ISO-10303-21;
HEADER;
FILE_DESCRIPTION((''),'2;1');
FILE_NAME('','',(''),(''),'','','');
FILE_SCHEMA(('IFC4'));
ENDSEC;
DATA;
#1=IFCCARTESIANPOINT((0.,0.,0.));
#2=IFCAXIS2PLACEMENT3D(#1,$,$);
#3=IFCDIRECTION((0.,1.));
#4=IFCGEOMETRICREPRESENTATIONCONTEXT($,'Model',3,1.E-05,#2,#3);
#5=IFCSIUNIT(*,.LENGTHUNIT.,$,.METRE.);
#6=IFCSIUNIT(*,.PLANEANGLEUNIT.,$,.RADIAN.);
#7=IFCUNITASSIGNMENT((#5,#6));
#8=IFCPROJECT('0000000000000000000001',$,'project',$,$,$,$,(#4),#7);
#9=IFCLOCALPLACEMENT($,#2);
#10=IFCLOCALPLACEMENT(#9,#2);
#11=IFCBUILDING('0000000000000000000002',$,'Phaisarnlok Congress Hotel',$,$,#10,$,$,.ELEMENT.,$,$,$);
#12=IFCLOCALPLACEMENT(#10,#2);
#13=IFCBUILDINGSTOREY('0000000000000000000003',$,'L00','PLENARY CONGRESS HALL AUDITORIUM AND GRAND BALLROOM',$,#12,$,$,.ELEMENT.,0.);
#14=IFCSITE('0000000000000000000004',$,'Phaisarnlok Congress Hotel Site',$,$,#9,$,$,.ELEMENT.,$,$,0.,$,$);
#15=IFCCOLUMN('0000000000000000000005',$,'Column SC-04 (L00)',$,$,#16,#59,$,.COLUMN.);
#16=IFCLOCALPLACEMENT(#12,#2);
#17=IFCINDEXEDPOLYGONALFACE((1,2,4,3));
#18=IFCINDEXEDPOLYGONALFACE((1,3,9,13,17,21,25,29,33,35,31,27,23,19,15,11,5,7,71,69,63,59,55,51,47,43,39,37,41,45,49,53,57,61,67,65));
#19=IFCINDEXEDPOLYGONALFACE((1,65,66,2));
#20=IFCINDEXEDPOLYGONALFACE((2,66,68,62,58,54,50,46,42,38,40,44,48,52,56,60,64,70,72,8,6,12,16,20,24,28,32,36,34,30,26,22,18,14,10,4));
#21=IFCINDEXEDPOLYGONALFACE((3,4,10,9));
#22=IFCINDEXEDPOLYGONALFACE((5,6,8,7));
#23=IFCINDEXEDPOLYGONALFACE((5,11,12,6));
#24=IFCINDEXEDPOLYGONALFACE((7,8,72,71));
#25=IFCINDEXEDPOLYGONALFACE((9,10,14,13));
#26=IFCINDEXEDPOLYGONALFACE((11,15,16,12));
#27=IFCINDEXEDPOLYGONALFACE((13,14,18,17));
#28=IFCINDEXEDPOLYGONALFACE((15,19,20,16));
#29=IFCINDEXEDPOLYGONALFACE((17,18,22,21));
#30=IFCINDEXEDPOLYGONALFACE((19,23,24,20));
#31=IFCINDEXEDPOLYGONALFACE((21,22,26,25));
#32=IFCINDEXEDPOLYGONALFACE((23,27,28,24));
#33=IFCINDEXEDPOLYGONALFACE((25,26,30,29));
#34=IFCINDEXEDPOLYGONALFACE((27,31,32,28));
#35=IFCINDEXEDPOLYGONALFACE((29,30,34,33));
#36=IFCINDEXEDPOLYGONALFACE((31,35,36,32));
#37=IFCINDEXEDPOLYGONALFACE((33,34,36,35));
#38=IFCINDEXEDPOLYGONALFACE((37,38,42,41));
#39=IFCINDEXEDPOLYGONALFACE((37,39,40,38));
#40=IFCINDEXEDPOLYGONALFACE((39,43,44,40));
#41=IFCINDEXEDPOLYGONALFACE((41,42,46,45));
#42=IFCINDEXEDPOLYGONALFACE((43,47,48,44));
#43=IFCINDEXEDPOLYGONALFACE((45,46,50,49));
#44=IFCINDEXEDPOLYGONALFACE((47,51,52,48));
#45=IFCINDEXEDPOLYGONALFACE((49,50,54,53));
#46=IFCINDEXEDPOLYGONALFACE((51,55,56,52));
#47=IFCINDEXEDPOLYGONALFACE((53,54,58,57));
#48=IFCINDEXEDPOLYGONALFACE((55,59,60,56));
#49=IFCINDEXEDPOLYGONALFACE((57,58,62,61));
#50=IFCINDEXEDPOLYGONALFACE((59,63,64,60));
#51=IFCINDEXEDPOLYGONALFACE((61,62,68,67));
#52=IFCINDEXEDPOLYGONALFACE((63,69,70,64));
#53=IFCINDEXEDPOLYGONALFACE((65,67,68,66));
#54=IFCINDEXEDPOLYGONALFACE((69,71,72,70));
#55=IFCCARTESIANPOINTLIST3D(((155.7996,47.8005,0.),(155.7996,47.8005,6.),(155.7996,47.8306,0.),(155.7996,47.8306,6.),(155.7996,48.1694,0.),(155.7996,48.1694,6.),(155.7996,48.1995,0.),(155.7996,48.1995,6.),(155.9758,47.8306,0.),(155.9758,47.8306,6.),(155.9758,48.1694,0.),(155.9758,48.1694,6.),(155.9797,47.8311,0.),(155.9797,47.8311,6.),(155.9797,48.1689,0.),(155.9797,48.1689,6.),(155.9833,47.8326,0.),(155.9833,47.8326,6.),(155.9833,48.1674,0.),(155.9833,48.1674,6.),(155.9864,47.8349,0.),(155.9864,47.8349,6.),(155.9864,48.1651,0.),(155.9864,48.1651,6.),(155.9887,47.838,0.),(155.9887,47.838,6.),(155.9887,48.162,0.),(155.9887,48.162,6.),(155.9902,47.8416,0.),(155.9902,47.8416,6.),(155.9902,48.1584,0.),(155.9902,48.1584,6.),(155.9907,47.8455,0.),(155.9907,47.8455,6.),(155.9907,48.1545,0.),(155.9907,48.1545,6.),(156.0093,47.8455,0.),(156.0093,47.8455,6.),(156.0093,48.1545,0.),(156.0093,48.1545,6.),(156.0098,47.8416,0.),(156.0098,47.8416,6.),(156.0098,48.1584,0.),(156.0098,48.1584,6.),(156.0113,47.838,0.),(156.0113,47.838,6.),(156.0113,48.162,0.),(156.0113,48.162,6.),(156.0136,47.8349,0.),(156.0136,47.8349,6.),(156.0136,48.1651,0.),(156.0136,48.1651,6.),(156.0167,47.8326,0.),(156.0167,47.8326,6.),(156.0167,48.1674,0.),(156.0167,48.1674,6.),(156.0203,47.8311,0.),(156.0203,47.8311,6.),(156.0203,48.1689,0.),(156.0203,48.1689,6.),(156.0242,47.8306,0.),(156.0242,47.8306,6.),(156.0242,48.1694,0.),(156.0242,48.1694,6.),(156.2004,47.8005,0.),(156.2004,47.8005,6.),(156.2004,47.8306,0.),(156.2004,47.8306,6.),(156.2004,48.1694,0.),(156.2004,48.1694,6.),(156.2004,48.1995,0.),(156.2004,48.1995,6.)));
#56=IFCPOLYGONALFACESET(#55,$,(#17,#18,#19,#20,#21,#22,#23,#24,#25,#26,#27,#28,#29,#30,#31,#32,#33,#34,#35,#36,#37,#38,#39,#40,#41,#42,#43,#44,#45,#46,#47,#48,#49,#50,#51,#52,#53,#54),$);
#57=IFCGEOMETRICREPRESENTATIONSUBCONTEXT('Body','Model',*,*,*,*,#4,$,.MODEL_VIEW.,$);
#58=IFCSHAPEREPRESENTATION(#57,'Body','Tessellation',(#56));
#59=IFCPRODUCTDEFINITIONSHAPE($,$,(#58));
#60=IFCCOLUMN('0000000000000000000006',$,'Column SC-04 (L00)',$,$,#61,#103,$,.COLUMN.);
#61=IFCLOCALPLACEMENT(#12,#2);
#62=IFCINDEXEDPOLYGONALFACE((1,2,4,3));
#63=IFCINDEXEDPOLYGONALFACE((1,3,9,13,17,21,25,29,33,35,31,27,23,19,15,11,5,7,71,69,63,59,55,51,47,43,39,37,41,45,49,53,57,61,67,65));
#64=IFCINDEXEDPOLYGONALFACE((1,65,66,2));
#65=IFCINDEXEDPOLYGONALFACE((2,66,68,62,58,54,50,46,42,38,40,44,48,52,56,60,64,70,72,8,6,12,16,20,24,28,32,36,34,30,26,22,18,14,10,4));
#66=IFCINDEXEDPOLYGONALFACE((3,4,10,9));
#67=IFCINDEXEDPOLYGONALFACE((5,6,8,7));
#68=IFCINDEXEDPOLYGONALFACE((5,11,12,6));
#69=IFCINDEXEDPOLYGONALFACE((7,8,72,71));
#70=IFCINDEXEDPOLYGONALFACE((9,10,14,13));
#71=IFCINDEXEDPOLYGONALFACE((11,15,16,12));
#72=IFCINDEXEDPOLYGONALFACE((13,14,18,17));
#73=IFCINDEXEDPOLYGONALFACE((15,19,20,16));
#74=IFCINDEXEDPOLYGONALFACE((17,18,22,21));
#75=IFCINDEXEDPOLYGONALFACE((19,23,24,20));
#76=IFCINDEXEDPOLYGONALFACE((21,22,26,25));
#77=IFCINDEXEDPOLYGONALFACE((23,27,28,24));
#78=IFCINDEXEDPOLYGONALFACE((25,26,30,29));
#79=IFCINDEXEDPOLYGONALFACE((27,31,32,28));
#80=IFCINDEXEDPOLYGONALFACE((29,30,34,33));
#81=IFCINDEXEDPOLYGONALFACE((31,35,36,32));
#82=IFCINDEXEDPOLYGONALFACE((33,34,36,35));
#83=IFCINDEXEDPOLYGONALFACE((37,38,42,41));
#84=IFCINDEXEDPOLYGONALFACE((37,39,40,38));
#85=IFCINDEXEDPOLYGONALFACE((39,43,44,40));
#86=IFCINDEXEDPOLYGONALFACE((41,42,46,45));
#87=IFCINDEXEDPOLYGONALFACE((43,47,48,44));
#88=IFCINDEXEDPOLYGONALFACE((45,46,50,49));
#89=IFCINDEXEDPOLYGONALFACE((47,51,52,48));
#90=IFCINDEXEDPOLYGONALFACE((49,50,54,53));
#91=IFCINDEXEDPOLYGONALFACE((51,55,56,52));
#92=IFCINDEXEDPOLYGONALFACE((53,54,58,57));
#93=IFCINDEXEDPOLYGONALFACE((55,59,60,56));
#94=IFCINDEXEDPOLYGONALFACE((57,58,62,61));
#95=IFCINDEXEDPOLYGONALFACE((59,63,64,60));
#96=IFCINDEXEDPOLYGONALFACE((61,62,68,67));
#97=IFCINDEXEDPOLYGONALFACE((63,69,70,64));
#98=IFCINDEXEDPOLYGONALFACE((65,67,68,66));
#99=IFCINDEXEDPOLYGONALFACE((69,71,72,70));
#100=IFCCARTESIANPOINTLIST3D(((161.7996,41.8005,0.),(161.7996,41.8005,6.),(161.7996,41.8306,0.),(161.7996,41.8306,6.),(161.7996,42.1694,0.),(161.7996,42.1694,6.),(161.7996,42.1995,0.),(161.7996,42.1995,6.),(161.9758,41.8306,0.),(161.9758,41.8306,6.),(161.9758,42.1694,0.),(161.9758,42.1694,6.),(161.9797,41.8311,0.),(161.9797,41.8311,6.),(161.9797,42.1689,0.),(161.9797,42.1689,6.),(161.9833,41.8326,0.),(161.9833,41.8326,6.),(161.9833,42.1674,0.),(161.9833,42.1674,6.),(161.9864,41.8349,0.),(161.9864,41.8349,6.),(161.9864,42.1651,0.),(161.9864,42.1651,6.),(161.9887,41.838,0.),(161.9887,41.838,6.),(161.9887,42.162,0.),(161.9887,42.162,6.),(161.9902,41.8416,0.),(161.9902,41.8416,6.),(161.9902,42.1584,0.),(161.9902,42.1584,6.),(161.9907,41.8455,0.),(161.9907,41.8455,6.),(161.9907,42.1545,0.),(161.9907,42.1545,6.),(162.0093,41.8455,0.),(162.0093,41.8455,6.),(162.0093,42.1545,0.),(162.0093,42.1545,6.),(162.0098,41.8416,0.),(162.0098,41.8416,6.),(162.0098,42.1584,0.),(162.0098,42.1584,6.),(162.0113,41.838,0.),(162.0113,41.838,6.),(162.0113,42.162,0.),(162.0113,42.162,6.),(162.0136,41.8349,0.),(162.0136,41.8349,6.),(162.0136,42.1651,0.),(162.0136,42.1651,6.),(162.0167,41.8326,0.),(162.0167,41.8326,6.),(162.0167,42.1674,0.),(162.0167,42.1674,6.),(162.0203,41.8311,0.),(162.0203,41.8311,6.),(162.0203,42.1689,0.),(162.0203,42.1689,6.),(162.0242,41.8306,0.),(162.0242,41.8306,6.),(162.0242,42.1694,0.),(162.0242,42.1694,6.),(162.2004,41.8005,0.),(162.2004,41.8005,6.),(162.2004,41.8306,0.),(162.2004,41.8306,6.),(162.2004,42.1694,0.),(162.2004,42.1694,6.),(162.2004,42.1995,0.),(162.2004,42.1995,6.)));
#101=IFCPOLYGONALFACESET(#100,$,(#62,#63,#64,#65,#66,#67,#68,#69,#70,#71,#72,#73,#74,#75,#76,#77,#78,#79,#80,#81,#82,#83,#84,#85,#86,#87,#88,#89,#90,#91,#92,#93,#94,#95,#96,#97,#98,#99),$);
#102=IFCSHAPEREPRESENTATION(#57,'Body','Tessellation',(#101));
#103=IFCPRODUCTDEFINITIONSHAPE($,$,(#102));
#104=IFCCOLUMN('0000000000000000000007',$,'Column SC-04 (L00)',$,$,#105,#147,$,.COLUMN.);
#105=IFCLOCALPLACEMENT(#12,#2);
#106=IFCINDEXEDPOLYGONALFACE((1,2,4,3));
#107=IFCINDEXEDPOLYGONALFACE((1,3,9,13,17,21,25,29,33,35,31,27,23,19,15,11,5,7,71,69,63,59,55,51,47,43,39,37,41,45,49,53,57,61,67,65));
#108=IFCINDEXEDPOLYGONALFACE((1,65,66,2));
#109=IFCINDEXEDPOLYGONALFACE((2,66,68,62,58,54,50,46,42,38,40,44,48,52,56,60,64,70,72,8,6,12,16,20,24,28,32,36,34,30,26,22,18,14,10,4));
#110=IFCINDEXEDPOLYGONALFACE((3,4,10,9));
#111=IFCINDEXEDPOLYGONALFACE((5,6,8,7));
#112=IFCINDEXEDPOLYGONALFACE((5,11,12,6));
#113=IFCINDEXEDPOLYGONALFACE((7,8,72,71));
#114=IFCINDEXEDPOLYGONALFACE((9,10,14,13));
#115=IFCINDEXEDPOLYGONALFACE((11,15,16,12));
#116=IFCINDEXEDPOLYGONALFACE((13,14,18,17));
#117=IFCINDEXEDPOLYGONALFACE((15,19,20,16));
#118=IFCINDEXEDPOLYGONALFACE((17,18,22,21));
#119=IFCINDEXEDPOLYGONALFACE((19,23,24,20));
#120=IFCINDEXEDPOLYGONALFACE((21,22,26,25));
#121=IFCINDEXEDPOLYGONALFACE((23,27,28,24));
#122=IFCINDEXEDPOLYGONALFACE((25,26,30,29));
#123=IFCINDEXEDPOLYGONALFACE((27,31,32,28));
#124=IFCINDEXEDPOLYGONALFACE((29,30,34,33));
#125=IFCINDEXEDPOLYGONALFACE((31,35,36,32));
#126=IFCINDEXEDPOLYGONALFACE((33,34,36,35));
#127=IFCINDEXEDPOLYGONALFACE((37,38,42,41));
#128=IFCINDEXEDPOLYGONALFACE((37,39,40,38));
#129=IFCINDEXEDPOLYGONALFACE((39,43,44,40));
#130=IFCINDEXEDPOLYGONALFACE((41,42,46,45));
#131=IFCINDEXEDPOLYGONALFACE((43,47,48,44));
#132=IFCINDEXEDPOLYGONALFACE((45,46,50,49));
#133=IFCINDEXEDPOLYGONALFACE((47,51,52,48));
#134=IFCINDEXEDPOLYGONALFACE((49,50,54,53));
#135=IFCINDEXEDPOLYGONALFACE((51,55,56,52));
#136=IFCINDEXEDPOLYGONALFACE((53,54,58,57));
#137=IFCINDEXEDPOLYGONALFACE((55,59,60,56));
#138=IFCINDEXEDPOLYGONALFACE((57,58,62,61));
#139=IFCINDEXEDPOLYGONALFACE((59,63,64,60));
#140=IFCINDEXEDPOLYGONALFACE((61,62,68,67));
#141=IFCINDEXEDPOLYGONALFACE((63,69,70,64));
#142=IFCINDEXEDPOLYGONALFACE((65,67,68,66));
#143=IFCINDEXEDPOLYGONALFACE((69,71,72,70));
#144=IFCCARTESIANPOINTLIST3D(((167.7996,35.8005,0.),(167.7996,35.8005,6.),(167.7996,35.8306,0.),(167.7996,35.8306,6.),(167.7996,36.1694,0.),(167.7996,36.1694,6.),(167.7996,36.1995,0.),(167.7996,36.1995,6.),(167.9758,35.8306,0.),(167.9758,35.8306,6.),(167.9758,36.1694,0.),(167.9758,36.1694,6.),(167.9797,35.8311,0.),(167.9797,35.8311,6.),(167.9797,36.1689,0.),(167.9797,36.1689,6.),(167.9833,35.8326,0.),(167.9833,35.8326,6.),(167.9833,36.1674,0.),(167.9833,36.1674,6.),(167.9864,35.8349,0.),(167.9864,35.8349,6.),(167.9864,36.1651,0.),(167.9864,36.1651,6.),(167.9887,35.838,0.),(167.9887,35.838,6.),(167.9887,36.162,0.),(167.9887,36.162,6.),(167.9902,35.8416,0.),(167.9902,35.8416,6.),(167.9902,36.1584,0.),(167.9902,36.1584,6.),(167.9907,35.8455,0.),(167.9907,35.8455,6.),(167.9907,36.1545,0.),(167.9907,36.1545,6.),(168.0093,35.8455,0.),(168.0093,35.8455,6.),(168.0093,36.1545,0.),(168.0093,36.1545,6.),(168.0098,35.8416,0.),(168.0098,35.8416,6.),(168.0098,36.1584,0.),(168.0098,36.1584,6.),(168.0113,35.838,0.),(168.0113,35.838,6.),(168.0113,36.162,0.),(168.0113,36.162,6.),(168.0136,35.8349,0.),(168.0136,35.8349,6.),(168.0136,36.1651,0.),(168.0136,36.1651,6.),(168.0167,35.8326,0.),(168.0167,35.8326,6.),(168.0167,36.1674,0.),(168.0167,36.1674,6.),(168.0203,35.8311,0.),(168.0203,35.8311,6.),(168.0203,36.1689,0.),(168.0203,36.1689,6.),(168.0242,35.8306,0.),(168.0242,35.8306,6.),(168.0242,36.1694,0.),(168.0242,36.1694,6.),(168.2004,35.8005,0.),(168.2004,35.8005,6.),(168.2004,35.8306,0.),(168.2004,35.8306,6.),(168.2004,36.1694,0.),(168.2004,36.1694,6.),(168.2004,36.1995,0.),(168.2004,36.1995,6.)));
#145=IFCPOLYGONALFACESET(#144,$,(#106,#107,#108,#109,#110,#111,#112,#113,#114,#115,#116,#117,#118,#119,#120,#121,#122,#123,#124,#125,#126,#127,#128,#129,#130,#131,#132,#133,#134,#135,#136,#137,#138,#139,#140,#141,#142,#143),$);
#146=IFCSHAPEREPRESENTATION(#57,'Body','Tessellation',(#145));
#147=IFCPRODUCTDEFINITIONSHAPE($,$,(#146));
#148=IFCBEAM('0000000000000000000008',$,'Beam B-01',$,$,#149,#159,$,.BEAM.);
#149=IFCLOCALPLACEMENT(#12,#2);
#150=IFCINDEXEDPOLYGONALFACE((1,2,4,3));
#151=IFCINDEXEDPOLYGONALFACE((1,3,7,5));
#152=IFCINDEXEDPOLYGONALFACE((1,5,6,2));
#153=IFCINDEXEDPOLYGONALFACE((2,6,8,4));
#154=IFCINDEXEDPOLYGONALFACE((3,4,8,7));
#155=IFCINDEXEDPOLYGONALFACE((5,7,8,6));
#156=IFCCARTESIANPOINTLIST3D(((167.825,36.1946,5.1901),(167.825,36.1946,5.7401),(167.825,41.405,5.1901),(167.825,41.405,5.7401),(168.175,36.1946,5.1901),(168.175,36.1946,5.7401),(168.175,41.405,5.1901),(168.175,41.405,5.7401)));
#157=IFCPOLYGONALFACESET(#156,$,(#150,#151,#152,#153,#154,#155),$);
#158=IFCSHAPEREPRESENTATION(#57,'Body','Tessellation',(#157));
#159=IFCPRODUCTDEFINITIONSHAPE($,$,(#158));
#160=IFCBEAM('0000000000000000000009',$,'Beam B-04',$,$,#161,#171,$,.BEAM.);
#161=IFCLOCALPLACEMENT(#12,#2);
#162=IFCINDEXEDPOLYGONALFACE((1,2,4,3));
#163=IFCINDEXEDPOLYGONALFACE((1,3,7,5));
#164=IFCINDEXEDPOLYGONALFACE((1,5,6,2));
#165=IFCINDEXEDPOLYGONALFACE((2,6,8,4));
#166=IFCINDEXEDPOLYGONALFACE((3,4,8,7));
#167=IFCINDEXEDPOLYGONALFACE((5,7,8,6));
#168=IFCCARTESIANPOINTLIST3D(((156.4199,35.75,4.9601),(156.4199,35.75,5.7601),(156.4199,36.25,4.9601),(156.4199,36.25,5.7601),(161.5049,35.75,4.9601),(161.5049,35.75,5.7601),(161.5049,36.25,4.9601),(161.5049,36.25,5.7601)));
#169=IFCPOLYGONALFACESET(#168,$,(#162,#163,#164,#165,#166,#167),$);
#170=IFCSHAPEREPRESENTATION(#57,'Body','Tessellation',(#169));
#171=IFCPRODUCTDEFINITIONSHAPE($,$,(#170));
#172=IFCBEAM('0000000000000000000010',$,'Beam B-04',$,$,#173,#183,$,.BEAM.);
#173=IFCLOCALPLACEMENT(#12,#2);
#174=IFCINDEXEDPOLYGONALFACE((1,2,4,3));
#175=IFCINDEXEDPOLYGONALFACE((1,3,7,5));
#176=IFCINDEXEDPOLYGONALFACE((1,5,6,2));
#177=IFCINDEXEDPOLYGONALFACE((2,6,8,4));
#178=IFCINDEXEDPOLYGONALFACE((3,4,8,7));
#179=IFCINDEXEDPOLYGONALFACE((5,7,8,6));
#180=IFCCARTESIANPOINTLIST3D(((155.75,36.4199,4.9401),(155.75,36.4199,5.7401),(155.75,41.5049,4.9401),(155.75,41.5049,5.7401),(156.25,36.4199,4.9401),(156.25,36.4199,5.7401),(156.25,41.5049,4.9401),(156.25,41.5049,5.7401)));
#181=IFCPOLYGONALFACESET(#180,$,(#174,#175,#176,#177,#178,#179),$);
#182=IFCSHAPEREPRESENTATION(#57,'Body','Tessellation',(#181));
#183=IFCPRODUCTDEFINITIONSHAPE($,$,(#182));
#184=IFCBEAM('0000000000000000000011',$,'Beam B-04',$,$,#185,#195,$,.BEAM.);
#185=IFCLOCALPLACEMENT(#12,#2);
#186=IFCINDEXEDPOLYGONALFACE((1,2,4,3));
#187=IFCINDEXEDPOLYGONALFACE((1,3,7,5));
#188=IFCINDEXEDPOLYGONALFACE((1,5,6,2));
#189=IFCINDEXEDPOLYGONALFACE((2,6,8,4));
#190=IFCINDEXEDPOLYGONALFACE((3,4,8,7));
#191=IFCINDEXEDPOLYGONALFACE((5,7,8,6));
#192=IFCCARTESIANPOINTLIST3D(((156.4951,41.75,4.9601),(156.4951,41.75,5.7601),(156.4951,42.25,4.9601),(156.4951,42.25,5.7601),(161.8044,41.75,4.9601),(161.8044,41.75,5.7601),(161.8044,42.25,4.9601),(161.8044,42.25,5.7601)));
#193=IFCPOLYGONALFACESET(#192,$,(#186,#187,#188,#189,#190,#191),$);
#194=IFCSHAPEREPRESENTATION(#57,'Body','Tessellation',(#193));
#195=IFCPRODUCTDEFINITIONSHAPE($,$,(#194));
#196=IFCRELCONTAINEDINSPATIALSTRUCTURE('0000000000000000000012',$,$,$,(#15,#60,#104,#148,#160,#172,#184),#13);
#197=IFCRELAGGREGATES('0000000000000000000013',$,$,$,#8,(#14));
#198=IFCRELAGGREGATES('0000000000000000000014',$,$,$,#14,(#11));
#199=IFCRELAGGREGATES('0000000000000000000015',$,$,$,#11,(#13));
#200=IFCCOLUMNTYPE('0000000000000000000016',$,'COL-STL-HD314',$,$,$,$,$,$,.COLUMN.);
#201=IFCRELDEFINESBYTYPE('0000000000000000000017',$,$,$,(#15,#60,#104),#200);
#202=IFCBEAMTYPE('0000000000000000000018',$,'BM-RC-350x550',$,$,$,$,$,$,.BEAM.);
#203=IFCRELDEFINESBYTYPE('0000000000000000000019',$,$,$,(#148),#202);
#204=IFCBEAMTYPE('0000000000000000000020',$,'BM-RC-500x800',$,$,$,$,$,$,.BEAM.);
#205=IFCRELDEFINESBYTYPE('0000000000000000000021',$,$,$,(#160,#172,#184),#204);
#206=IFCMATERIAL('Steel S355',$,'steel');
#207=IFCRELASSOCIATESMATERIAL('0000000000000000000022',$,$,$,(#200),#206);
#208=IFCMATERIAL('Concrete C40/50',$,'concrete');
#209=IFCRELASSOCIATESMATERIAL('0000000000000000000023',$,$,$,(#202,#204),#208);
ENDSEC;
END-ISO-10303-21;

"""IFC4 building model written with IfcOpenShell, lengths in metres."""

from ifc_helpers import new_model, si_unit, direction, frame, origin, origin_2d, place, context, subcontext, project, spatial, rectangle, i_section, extrude, material, material_profile, profile_set, type_object, element, save


model = new_model("IFC4")

# Units and contexts
model_context = context("Model", 3, precision=1e-05, world=origin(), true_north=direction((0.0, 1.0)))
body_context = subcontext(model_context, "Body", "Model", "MODEL_VIEW")
ifc_project = project(units=[si_unit("LENGTHUNIT", "METRE"), si_unit("PLANEANGLEUNIT", "RADIAN")], contexts=[model_context])

# Site, building, storey
site_placement = place(None, origin())
site = spatial("IfcSite", under=ifc_project, at=site_placement, Name="Phaisarnlok Congress Hotel Site", CompositionType="ELEMENT", RefElevation=0.0)
building_placement = place(site_placement, origin())
building = spatial("IfcBuilding", under=site, at=building_placement, Name="Phaisarnlok Congress Hotel", CompositionType="ELEMENT")
storey_placement = place(building_placement, origin())
storey = spatial("IfcBuildingStorey", under=building, at=storey_placement, Name="L00", Description="PLENARY CONGRESS HALL AUDITORIUM AND GRAND BALLROOM", CompositionType="ELEMENT", Elevation=0.0)

# Columns
ifc_material_1 = material(Name="Steel S355", Category="steel")
ifc_material_profile_1 = material_profile(ifc_material_1, i_section(OverallWidth=0.4009, OverallDepth=0.3989, WebThickness=0.0186, FlangeThickness=0.03, FilletRadius=0.0149, at=origin_2d()), Name="HD 400x314")
ifc_profile_set_1 = profile_set([ifc_material_profile_1], Name="Steel S355")
column_type_1 = type_object("IfcColumnType", Name="COL-STL-HD314", PredefinedType="COLUMN", material=ifc_profile_set_1)
for number, where, z_axis, x_axis, name in (
    (1, (156.0, 48.0, 0.0), (0.0, 0.0, 1.0), (1.0, 0.0, 0.0), "Column SC-04 (L00)"),
    (2, (162.0, 42.0, 0.0), (0.0, 0.0, 1.0), (1.0, 0.0, 0.0), "Column SC-04 (L00)"),
    (3, (168.0, 36.0, 0.0), (0.0, 0.0, 1.0), (1.0, 0.0, 0.0), "Column SC-04 (L00)"),
):
    element("IfcColumn", number, at=place(storey_placement, frame(where, z_axis=z_axis, x_axis=x_axis)), inside=storey, type_object=column_type_1, Name=name, PredefinedType="COLUMN", context=body_context, shape_type="SweptSolid", body=[
        extrude(i_section(OverallWidth=0.4009, OverallDepth=0.3989, WebThickness=0.0186, FlangeThickness=0.03, FilletRadius=0.0149, at=origin_2d()), origin(), (0.0, 0.0, 1.0), 6.0),
    ])

# Beams
ifc_material_2 = material(Name="Concrete C40/50", Category="concrete")
ifc_material_profile_2 = material_profile(ifc_material_2, rectangle(XDim=0.3501, YDim=0.55, at=origin_2d()), Name="RC 350x550")
ifc_profile_set_2 = profile_set([ifc_material_profile_2], Name="Concrete C40/50")
beam_type_1 = type_object("IfcBeamType", Name="BM-RC-350x550", PredefinedType="BEAM", material=ifc_profile_set_2)
beam_1_placement = place(storey_placement, frame((168.0, 36.1946, 5.4651), z_axis=(0.0, 1.0, 0.0), x_axis=(-1.0, 0.0, 0.0)))
element("IfcBeam", 4, at=beam_1_placement, inside=storey, type_object=beam_type_1, Name="Beam B-01", PredefinedType="BEAM", context=body_context, shape_type="SweptSolid", body=[
    extrude(rectangle(XDim=0.3501, YDim=0.55, at=origin_2d()), origin(), (0.0, 0.0, 1.0), 5.2104),
])
ifc_material_profile_3 = material_profile(ifc_material_2, rectangle(XDim=0.5, YDim=0.8, at=origin_2d()), Name="RC 500x800")
ifc_profile_set_3 = profile_set([ifc_material_profile_3], Name="Concrete C40/50")
beam_type_2 = type_object("IfcBeamType", Name="BM-RC-500x800", PredefinedType="BEAM", material=ifc_profile_set_3)
for number, where, z_axis, x_axis, name in (
    (5, (156.4199, 36.0, 5.3601), (1.0, 0.0, 0.0), (0.0, 1.0, 0.0), "Beam B-04"),
    (6, (156.0, 36.4199, 5.3401), (0.0, 1.0, 0.0), (-1.0, 0.0, 0.0), "Beam B-04"),
):
    element("IfcBeam", number, at=place(storey_placement, frame(where, z_axis=z_axis, x_axis=x_axis)), inside=storey, type_object=beam_type_2, Name=name, PredefinedType="BEAM", context=body_context, shape_type="SweptSolid", body=[
        extrude(rectangle(XDim=0.5, YDim=0.8, at=origin_2d()), origin(), (0.0, 0.0, 1.0), 5.085),
    ])
beam_2_placement = place(storey_placement, frame((156.4951, 42.0, 5.3601), z_axis=(1.0, 0.0, 0.0), x_axis=(0.0, 1.0, 0.0)))
element("IfcBeam", 7, at=beam_2_placement, inside=storey, type_object=beam_type_2, Name="Beam B-04", PredefinedType="BEAM", context=body_context, shape_type="SweptSolid", body=[
    extrude(rectangle(XDim=0.5, YDim=0.8, at=origin_2d()), origin(), (0.0, 0.0, 1.0), 5.3093),
])

save(model, "model.ifc")
